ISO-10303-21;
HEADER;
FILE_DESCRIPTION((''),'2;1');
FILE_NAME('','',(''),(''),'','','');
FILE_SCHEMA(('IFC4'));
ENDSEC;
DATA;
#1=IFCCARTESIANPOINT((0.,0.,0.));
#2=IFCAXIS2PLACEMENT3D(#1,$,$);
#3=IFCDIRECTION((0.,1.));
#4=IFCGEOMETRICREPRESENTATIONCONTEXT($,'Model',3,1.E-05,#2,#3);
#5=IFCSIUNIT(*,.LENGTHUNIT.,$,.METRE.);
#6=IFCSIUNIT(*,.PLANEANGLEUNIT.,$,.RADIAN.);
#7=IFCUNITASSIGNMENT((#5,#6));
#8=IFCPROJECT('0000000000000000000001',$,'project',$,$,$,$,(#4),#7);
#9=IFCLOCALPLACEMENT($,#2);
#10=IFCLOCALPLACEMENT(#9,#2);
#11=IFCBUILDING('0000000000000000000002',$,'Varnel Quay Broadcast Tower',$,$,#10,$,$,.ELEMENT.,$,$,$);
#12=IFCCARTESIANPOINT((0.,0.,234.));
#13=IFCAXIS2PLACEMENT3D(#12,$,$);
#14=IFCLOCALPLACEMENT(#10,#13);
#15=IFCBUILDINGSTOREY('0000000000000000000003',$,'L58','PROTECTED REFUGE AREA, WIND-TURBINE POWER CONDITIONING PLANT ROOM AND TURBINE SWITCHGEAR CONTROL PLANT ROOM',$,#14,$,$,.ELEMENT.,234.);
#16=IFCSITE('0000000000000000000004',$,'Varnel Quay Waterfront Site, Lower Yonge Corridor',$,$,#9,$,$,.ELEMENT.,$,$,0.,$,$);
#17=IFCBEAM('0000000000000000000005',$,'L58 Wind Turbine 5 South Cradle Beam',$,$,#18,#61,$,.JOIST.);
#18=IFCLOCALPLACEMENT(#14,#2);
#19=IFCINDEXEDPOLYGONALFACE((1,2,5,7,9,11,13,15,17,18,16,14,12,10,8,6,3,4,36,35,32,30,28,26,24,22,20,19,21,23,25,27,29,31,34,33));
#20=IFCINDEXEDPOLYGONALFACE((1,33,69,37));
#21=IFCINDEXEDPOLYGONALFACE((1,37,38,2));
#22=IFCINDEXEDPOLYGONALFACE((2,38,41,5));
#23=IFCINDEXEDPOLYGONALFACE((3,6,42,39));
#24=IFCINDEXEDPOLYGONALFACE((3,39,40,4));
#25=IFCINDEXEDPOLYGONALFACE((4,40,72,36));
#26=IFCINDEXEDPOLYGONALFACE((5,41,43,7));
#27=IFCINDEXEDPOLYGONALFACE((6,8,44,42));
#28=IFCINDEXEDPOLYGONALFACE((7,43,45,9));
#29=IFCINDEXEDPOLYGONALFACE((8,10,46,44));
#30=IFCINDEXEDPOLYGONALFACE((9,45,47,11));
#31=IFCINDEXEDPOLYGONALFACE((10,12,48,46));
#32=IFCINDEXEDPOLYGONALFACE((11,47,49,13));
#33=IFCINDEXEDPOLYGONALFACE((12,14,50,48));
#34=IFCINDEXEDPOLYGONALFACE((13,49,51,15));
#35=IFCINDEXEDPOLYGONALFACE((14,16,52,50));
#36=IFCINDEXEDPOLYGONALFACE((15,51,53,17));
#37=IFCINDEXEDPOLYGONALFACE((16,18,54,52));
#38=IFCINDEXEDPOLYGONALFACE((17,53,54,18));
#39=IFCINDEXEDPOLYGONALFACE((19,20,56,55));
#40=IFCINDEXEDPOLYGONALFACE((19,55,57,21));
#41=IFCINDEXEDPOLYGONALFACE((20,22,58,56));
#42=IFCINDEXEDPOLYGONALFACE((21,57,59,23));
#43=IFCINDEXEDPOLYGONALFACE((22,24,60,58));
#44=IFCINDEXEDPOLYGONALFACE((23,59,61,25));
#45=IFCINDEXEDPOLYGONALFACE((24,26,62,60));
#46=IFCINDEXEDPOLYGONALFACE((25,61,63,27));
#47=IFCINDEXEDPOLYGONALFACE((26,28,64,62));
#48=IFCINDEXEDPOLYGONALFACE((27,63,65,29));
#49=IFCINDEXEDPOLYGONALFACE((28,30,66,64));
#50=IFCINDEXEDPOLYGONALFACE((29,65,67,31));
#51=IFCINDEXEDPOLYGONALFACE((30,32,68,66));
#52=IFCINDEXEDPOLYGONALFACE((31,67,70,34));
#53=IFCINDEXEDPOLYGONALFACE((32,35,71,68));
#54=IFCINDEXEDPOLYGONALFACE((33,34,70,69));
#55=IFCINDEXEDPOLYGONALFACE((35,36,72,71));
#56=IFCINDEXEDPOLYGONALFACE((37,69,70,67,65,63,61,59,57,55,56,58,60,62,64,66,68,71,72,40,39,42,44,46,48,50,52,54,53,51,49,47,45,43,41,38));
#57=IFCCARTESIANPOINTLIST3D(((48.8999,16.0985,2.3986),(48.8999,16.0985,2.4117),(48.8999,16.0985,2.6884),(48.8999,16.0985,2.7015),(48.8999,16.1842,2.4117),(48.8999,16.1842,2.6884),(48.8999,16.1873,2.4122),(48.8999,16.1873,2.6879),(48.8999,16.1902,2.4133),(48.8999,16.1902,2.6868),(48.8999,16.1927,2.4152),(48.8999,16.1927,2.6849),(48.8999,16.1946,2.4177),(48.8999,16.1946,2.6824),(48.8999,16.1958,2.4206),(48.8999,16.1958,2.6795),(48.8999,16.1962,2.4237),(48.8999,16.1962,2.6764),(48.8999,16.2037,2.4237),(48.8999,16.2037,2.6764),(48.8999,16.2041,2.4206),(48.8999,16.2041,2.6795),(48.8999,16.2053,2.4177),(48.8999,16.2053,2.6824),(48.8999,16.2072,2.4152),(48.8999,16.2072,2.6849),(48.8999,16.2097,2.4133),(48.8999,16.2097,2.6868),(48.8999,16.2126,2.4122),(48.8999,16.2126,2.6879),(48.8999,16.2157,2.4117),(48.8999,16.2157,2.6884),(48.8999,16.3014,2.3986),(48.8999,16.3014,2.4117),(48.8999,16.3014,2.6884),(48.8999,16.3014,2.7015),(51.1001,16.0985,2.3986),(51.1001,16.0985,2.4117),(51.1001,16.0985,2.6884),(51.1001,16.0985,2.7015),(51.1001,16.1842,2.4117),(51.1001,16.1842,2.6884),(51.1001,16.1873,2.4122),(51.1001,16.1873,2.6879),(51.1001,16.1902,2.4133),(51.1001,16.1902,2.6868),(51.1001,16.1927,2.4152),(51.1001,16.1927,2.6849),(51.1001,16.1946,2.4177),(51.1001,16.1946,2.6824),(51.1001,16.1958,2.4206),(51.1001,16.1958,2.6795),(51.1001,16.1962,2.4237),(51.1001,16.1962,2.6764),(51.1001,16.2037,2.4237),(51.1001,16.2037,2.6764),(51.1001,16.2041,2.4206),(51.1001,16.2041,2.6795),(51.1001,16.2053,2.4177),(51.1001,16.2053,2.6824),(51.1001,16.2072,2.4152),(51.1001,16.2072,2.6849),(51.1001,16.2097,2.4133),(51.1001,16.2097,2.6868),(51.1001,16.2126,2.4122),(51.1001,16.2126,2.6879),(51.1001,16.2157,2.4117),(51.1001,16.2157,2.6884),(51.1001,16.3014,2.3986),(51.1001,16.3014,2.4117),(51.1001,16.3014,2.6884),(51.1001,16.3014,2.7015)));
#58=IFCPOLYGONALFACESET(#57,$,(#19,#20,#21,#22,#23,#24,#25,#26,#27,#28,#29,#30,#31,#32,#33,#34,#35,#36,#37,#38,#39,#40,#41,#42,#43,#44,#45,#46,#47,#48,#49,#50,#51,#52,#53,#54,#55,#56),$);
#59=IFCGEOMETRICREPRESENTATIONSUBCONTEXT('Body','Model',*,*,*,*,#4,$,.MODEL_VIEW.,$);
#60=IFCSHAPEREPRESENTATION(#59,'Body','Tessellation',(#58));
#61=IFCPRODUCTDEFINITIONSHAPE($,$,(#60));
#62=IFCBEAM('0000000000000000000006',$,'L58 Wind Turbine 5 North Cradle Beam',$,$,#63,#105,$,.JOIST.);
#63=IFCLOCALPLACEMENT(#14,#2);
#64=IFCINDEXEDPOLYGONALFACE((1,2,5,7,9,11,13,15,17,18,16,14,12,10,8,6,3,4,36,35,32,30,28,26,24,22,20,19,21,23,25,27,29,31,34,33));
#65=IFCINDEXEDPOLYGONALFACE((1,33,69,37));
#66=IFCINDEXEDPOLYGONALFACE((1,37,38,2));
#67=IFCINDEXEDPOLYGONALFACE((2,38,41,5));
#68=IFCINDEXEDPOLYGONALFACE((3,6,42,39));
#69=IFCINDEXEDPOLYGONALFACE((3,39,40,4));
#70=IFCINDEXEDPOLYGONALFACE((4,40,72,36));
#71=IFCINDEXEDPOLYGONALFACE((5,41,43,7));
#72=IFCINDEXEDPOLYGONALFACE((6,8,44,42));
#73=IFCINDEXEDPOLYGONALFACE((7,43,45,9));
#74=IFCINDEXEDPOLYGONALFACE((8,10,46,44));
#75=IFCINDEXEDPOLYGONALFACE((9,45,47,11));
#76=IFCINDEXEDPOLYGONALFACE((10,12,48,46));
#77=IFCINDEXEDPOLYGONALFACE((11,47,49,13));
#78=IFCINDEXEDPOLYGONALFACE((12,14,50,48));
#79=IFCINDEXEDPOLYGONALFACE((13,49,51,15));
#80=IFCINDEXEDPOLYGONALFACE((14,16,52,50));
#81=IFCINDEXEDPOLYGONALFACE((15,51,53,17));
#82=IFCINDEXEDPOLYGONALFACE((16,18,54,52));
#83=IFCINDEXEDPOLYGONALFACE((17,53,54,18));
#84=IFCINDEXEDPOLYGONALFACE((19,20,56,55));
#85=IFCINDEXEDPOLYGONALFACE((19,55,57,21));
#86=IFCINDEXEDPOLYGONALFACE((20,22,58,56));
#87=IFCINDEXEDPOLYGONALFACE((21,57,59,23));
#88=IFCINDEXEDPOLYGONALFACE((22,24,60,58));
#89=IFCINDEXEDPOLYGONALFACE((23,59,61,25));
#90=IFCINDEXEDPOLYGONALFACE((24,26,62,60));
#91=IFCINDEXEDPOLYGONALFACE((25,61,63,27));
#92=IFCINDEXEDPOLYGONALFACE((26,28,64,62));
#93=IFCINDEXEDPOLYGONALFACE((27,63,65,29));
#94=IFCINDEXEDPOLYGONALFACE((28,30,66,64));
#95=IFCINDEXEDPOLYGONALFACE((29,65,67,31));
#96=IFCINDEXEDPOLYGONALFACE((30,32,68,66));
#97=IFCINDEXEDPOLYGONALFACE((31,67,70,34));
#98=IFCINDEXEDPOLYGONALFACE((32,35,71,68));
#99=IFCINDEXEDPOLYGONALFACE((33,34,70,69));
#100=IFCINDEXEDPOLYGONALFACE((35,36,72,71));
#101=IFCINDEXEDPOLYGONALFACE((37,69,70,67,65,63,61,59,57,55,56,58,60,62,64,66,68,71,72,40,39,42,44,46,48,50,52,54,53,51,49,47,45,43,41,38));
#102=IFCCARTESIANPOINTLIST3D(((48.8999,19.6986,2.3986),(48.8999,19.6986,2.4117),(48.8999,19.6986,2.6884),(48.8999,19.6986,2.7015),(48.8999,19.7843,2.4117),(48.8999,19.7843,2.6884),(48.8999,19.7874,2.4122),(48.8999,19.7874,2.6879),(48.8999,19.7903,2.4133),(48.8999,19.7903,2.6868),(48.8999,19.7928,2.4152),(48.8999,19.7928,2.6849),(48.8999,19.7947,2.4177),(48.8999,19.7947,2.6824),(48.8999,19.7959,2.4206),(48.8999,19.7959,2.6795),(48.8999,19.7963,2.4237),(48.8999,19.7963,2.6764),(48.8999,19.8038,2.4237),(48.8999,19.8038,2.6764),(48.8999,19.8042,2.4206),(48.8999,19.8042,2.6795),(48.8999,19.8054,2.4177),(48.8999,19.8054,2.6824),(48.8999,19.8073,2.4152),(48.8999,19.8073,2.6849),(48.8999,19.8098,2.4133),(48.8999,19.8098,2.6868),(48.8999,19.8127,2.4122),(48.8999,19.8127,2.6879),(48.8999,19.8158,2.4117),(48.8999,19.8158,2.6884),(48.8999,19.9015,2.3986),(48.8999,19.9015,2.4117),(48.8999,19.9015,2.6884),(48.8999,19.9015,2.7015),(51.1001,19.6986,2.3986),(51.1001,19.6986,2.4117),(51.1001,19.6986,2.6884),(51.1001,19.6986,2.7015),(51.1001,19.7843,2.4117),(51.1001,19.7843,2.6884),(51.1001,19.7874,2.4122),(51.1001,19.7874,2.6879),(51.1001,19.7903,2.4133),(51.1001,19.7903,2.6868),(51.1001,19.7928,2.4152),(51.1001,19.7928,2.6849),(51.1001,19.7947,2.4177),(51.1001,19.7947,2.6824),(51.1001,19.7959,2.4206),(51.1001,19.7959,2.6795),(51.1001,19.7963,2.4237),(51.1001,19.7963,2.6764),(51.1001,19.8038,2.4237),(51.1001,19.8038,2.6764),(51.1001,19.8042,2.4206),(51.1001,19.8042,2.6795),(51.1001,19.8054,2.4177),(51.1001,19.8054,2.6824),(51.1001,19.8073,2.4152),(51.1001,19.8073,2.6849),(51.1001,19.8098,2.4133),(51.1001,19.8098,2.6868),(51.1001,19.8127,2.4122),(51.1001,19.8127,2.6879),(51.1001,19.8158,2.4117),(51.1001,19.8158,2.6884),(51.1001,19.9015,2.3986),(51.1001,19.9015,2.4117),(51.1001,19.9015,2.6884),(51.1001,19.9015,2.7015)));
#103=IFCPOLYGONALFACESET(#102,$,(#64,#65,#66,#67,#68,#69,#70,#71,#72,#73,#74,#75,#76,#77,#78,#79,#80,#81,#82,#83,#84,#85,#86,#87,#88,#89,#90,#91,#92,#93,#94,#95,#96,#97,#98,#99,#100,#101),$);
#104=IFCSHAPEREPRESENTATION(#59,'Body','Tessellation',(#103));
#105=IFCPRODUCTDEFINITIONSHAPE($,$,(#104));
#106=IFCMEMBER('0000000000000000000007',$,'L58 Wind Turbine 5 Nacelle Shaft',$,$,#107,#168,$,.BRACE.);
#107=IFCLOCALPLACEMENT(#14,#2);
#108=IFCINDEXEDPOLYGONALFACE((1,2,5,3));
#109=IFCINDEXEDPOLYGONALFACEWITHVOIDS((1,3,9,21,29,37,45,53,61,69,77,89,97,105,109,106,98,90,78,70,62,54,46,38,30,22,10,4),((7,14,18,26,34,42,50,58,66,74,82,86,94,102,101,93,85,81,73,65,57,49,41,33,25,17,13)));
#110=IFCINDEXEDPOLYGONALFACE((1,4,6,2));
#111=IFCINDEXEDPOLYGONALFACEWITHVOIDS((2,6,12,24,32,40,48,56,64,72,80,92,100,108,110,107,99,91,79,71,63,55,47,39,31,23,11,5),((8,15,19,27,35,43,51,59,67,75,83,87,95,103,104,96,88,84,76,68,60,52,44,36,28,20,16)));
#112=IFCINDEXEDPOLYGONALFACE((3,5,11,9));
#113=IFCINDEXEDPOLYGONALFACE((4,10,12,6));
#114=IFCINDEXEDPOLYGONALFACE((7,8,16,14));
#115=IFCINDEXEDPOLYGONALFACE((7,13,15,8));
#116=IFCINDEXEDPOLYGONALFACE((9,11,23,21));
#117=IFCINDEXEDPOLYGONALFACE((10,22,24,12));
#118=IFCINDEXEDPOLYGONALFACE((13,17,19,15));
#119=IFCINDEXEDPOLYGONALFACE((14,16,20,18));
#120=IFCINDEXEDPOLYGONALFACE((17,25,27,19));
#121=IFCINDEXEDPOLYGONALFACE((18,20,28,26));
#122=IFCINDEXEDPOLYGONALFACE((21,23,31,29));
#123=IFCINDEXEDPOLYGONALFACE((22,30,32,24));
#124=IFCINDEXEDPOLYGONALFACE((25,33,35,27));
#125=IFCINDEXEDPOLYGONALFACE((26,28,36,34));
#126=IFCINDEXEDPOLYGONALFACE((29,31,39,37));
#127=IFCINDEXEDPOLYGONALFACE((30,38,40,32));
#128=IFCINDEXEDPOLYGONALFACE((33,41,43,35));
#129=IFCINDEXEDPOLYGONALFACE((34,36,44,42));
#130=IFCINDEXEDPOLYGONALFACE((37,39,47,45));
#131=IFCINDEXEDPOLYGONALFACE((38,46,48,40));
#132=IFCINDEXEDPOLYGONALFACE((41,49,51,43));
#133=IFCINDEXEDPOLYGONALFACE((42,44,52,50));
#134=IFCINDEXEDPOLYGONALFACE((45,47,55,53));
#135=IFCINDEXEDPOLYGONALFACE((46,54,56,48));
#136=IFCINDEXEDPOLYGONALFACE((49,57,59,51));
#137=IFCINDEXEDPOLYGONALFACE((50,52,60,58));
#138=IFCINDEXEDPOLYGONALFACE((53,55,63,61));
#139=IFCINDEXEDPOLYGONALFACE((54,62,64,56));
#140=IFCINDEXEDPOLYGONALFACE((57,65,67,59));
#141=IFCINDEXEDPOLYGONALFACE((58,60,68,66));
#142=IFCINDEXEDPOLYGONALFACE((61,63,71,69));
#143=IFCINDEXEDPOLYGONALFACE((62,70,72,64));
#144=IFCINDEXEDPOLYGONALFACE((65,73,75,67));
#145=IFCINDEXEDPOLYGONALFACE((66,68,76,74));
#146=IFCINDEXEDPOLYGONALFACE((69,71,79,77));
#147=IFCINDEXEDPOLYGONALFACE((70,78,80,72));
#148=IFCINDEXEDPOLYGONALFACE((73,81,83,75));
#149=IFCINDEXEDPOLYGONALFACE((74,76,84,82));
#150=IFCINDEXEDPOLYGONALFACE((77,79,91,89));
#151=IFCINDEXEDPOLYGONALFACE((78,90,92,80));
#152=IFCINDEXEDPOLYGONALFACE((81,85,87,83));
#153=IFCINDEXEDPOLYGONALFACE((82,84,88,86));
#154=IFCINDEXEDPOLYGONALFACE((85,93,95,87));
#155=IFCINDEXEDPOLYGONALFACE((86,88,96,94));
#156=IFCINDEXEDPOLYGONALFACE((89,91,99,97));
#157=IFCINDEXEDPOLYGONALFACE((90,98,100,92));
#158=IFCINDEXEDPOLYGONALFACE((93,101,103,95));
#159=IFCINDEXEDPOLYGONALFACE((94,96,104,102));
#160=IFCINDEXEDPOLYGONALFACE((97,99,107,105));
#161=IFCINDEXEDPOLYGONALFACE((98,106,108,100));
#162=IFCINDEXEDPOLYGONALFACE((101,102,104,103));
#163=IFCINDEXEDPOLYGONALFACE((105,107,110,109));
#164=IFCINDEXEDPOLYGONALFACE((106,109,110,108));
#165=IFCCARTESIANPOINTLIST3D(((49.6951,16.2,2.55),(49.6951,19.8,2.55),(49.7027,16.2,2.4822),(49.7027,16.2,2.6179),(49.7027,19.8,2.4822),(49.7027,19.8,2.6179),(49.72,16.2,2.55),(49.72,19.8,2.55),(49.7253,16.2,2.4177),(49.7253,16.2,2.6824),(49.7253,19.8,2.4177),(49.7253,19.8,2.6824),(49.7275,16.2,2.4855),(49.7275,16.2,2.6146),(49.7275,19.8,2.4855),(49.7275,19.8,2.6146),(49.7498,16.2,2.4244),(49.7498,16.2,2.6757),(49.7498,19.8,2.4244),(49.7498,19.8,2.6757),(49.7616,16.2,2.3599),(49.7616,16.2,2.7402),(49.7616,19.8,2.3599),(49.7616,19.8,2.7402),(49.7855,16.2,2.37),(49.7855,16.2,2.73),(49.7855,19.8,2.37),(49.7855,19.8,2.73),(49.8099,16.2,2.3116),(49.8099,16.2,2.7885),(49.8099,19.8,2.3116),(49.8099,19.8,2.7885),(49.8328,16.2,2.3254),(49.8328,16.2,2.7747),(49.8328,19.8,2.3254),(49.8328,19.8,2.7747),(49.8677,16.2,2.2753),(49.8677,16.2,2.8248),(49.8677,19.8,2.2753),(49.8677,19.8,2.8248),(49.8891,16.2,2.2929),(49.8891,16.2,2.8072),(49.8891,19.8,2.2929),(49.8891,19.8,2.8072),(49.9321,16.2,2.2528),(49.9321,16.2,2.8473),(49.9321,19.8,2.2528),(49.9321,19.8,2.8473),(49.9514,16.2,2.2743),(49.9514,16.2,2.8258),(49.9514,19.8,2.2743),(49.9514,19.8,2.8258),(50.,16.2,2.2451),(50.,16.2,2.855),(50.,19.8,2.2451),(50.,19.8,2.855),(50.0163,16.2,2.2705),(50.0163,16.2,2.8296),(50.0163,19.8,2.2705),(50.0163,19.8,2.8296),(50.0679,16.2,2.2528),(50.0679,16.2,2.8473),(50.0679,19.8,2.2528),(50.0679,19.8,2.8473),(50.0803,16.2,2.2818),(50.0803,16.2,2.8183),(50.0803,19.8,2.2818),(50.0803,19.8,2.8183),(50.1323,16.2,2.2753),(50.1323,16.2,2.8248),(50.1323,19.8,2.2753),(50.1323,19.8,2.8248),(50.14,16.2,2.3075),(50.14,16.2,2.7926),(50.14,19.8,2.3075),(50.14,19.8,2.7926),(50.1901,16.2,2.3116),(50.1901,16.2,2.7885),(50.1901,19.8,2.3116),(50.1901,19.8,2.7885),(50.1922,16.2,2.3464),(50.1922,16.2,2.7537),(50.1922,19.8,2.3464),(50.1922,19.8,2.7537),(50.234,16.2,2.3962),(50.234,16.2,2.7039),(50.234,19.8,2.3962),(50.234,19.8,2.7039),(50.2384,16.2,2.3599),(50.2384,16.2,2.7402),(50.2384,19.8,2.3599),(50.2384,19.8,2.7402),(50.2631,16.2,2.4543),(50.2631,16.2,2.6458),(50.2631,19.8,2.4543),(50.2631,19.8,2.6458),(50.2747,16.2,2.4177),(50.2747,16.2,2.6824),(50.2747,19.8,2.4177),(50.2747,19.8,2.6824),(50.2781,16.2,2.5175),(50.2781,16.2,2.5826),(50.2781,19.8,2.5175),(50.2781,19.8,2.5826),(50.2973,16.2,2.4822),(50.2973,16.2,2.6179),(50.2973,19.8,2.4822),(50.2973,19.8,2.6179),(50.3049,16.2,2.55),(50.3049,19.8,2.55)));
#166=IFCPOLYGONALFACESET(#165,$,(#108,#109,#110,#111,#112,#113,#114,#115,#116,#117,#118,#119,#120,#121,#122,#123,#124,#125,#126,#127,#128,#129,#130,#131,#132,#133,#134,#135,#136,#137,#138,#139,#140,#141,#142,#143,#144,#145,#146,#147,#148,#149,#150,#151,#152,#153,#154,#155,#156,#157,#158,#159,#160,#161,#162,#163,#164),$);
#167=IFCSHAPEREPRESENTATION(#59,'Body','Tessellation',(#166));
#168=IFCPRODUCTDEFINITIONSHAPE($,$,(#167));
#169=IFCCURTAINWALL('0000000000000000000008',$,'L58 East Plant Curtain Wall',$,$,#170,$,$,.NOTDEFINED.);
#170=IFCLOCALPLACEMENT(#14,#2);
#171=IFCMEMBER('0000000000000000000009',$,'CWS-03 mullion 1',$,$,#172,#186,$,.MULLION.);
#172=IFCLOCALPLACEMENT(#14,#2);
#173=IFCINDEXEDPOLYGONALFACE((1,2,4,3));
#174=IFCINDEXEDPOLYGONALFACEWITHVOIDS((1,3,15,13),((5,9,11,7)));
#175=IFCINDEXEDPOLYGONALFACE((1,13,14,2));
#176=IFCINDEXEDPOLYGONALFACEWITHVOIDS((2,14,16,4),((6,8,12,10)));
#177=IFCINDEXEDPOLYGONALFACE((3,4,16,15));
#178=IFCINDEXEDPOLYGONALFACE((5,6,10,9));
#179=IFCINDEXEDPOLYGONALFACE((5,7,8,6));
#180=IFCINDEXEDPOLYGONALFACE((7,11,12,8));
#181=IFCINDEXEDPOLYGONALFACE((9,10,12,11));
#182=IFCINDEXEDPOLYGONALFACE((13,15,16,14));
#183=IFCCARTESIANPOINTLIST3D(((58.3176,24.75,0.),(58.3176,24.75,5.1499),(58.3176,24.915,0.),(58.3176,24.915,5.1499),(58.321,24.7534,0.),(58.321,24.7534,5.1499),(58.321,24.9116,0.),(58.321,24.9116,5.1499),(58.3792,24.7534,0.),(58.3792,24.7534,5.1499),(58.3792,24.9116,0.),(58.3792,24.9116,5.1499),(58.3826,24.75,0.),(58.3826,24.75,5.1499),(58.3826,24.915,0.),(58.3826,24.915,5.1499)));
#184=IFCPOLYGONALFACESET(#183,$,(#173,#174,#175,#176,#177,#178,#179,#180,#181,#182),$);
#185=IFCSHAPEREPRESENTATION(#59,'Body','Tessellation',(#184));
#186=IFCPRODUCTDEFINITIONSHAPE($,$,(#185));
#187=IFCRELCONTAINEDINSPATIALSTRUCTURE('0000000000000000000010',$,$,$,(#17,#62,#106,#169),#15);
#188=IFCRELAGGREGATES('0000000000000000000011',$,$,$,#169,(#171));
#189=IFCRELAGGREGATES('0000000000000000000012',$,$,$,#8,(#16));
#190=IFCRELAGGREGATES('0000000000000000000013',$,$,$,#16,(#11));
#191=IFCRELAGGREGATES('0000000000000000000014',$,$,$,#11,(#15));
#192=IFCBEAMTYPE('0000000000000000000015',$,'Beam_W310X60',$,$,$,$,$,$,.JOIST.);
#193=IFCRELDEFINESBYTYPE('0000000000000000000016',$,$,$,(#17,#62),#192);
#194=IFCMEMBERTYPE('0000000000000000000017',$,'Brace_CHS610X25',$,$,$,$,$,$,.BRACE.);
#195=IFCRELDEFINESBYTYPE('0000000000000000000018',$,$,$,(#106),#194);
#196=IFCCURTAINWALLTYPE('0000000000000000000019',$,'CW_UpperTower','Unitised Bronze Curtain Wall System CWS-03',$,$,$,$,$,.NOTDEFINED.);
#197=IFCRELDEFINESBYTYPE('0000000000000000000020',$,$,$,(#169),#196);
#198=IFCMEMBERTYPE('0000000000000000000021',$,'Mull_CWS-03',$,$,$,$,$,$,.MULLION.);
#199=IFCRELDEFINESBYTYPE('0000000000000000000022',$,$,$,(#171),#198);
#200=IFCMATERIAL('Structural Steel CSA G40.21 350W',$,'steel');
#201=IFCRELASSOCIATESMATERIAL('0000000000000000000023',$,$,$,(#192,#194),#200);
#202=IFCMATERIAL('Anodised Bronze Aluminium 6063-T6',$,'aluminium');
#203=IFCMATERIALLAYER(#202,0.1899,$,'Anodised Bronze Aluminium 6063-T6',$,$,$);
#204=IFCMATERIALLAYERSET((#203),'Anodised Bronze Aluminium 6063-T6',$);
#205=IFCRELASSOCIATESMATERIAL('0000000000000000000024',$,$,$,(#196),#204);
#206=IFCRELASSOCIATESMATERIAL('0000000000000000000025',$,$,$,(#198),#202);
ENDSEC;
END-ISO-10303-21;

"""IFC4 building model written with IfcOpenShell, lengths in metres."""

from ifc_helpers import new_model, si_unit, direction, frame, origin, origin_2d, place, context, subcontext, project, spatial, hollow_rectangle, hollow_circle, i_section, extrude, source, transform, mapped, material, layer, layer_set, material_profile, profile_set, type_object, type_shapes, element, aggregate, save


model = new_model("IFC4")

# Units and contexts
model_context = context("Model", 3, precision=1e-05, world=origin(), true_north=direction((0.0, 1.0)))
body_context = subcontext(model_context, "Body", "Model", "MODEL_VIEW")
ifc_project = project(units=[si_unit("LENGTHUNIT", "METRE"), si_unit("PLANEANGLEUNIT", "RADIAN")], contexts=[model_context])

# Site, building, storey
site_placement = place(None, origin())
site = spatial("IfcSite", under=ifc_project, at=site_placement, Name="Varnel Quay Waterfront Site, Lower Yonge Corridor", CompositionType="ELEMENT", RefElevation=0.0)
building_placement = place(site_placement, origin())
building = spatial("IfcBuilding", under=site, at=building_placement, Name="Varnel Quay Broadcast Tower", CompositionType="ELEMENT")
storey_placement = place(building_placement, frame((0.0, 0.0, 234.0)))
storey = spatial("IfcBuildingStorey", under=building, at=storey_placement, Name="L58", Description="PROTECTED REFUGE AREA, WIND-TURBINE POWER CONDITIONING PLANT ROOM AND TURBINE SWITCHGEAR CONTROL PLANT ROOM", CompositionType="ELEMENT", Elevation=234.0)

# Shared definitions
ifc_material_1 = material(Name="Structural Steel CSA G40.21 350W", Category="steel")

# Shared definitions
ifc_material_profile_1 = material_profile(ifc_material_1, i_section(OverallWidth=0.2029, OverallDepth=0.303, WebThickness=0.0076, FlangeThickness=0.0132, FilletRadius=0.012, at=origin_2d()), Name="W310X60")
ifc_profile_set_1 = profile_set([ifc_material_profile_1], Name="Structural Steel CSA G40.21 350W")
beam_type_1 = type_object("IfcBeamType", Name="Beam_W310X60", PredefinedType="JOIST", material=ifc_profile_set_1)

# Beams
shared_shape_1 = source(origin(), body_context, "Body", "SweptSolid", [
    extrude(i_section(OverallWidth=0.2029, OverallDepth=0.303, WebThickness=0.0076, FlangeThickness=0.0132, FilletRadius=0.012, at=origin_2d()), origin(), (0.0, 0.0, 1.0), 2.2002),
])
for number, where, z_axis, x_axis, name in (
    (1, (48.8999, 16.2, 2.55), (1.0, 0.0, 0.0), (0.0, 1.0, 0.0), "L58 Wind Turbine 5 South Cradle Beam"),
    (2, (48.8999, 19.8, 2.55), (1.0, 0.0, 0.0), (0.0, 1.0, 0.0), "L58 Wind Turbine 5 North Cradle Beam"),
):
    element("IfcBeam", number, at=place(storey_placement, frame(where, z_axis=z_axis, x_axis=x_axis)), inside=storey, type_object=beam_type_1, Name=name, PredefinedType="JOIST", context=body_context, shape_type="MappedRepresentation", body=[
        mapped(shared_shape_1, transform((0.0, 0.0, 0.0), x_axis=(1.0, 0.0, 0.0), y_axis=(0.0, 1.0, 0.0), z_axis=(0.0, 0.0, 1.0), scale=1.0)),
    ])

# Member
ifc_material_profile_2 = material_profile(ifc_material_1, hollow_circle(Radius=0.3049, WallThickness=0.0249, at=origin_2d()), Name="CHS610X25")
ifc_profile_set_2 = profile_set([ifc_material_profile_2], Name="Structural Steel CSA G40.21 350W")
member_type_1 = type_object("IfcMemberType", Name="Brace_CHS610X25", PredefinedType="BRACE", material=ifc_profile_set_2)
shared_shape_2 = source(origin(), body_context, "Body", "SweptSolid", [
    extrude(hollow_circle(Radius=0.3049, WallThickness=0.0249, at=origin_2d()), origin(), (0.0, 0.0, 1.0), 3.6001),
])
type_shapes(member_type_1, [shared_shape_2])
member_1_placement = place(storey_placement, frame((50.0, 16.2, 2.55), z_axis=(0.0, 1.0, 0.0), x_axis=(-1.0, 0.0, 0.0)))
element("IfcMember", 3, at=member_1_placement, inside=storey, type_object=member_type_1, Name="L58 Wind Turbine 5 Nacelle Shaft", PredefinedType="BRACE", context=body_context, shape_type="MappedRepresentation", body=[
    mapped(shared_shape_2, transform((0.0, 0.0, 0.0), x_axis=(1.0, 0.0, 0.0), y_axis=(0.0, 1.0, 0.0), z_axis=(0.0, 0.0, 1.0), scale=1.0)),
])

# Curtain wall, member
ifc_material_2 = material(Name="Anodised Bronze Aluminium 6063-T6", Category="aluminium")
ifc_layer_1 = layer(ifc_material_2, 0.1899, Name="Anodised Bronze Aluminium 6063-T6")
ifc_layer_set_1 = layer_set([ifc_layer_1], Name="Anodised Bronze Aluminium 6063-T6")
curtain_wall_type = type_object("IfcCurtainWallType", Name="CW_UpperTower", Description="Unitised Bronze Curtain Wall System CWS-03", PredefinedType="NOTDEFINED", material=ifc_layer_set_1)
curtain_wall_placement = place(storey_placement, origin())
curtain_wall = element("IfcCurtainWall", 4, at=curtain_wall_placement, inside=storey, type_object=curtain_wall_type, Name="L58 East Plant Curtain Wall", PredefinedType="NOTDEFINED")
ifc_material_profile_3 = material_profile(ifc_material_2, hollow_rectangle(XDim=0.0649, YDim=0.165, WallThickness=0.0034, at=origin_2d()), Name="ALU65X165X3.5")
ifc_profile_set_3 = profile_set([ifc_material_profile_3], Name="Anodised Bronze Aluminium 6063-T6")
member_type_2 = type_object("IfcMemberType", Name="Mull_CWS-03", PredefinedType="MULLION", material=ifc_profile_set_3)
shared_shape_3 = source(origin(), body_context, "Body", "SweptSolid", [
    extrude(hollow_rectangle(XDim=0.0649, YDim=0.165, WallThickness=0.0034, at=origin_2d()), origin(), (0.0, 0.0, 1.0), 5.1499),
])
type_shapes(member_type_2, [shared_shape_3])
member_2_placement = place(storey_placement, frame((58.3501, 24.8325, 0.0), z_axis=(0.0, 0.0, 1.0), x_axis=(-1.0, 0.0, 0.0)))
member_2 = element("IfcMember", 5, at=member_2_placement, type_object=member_type_2, Name="CWS-03 mullion 1", PredefinedType="MULLION", context=body_context, shape_type="MappedRepresentation", body=[
    mapped(shared_shape_3, transform((0.0, 0.0, 0.0), x_axis=(1.0, 0.0, 0.0), y_axis=(0.0, 1.0, 0.0), z_axis=(0.0, 0.0, 1.0), scale=1.0)),
])
aggregate(curtain_wall, [member_2])

save(model, "model.ifc")
